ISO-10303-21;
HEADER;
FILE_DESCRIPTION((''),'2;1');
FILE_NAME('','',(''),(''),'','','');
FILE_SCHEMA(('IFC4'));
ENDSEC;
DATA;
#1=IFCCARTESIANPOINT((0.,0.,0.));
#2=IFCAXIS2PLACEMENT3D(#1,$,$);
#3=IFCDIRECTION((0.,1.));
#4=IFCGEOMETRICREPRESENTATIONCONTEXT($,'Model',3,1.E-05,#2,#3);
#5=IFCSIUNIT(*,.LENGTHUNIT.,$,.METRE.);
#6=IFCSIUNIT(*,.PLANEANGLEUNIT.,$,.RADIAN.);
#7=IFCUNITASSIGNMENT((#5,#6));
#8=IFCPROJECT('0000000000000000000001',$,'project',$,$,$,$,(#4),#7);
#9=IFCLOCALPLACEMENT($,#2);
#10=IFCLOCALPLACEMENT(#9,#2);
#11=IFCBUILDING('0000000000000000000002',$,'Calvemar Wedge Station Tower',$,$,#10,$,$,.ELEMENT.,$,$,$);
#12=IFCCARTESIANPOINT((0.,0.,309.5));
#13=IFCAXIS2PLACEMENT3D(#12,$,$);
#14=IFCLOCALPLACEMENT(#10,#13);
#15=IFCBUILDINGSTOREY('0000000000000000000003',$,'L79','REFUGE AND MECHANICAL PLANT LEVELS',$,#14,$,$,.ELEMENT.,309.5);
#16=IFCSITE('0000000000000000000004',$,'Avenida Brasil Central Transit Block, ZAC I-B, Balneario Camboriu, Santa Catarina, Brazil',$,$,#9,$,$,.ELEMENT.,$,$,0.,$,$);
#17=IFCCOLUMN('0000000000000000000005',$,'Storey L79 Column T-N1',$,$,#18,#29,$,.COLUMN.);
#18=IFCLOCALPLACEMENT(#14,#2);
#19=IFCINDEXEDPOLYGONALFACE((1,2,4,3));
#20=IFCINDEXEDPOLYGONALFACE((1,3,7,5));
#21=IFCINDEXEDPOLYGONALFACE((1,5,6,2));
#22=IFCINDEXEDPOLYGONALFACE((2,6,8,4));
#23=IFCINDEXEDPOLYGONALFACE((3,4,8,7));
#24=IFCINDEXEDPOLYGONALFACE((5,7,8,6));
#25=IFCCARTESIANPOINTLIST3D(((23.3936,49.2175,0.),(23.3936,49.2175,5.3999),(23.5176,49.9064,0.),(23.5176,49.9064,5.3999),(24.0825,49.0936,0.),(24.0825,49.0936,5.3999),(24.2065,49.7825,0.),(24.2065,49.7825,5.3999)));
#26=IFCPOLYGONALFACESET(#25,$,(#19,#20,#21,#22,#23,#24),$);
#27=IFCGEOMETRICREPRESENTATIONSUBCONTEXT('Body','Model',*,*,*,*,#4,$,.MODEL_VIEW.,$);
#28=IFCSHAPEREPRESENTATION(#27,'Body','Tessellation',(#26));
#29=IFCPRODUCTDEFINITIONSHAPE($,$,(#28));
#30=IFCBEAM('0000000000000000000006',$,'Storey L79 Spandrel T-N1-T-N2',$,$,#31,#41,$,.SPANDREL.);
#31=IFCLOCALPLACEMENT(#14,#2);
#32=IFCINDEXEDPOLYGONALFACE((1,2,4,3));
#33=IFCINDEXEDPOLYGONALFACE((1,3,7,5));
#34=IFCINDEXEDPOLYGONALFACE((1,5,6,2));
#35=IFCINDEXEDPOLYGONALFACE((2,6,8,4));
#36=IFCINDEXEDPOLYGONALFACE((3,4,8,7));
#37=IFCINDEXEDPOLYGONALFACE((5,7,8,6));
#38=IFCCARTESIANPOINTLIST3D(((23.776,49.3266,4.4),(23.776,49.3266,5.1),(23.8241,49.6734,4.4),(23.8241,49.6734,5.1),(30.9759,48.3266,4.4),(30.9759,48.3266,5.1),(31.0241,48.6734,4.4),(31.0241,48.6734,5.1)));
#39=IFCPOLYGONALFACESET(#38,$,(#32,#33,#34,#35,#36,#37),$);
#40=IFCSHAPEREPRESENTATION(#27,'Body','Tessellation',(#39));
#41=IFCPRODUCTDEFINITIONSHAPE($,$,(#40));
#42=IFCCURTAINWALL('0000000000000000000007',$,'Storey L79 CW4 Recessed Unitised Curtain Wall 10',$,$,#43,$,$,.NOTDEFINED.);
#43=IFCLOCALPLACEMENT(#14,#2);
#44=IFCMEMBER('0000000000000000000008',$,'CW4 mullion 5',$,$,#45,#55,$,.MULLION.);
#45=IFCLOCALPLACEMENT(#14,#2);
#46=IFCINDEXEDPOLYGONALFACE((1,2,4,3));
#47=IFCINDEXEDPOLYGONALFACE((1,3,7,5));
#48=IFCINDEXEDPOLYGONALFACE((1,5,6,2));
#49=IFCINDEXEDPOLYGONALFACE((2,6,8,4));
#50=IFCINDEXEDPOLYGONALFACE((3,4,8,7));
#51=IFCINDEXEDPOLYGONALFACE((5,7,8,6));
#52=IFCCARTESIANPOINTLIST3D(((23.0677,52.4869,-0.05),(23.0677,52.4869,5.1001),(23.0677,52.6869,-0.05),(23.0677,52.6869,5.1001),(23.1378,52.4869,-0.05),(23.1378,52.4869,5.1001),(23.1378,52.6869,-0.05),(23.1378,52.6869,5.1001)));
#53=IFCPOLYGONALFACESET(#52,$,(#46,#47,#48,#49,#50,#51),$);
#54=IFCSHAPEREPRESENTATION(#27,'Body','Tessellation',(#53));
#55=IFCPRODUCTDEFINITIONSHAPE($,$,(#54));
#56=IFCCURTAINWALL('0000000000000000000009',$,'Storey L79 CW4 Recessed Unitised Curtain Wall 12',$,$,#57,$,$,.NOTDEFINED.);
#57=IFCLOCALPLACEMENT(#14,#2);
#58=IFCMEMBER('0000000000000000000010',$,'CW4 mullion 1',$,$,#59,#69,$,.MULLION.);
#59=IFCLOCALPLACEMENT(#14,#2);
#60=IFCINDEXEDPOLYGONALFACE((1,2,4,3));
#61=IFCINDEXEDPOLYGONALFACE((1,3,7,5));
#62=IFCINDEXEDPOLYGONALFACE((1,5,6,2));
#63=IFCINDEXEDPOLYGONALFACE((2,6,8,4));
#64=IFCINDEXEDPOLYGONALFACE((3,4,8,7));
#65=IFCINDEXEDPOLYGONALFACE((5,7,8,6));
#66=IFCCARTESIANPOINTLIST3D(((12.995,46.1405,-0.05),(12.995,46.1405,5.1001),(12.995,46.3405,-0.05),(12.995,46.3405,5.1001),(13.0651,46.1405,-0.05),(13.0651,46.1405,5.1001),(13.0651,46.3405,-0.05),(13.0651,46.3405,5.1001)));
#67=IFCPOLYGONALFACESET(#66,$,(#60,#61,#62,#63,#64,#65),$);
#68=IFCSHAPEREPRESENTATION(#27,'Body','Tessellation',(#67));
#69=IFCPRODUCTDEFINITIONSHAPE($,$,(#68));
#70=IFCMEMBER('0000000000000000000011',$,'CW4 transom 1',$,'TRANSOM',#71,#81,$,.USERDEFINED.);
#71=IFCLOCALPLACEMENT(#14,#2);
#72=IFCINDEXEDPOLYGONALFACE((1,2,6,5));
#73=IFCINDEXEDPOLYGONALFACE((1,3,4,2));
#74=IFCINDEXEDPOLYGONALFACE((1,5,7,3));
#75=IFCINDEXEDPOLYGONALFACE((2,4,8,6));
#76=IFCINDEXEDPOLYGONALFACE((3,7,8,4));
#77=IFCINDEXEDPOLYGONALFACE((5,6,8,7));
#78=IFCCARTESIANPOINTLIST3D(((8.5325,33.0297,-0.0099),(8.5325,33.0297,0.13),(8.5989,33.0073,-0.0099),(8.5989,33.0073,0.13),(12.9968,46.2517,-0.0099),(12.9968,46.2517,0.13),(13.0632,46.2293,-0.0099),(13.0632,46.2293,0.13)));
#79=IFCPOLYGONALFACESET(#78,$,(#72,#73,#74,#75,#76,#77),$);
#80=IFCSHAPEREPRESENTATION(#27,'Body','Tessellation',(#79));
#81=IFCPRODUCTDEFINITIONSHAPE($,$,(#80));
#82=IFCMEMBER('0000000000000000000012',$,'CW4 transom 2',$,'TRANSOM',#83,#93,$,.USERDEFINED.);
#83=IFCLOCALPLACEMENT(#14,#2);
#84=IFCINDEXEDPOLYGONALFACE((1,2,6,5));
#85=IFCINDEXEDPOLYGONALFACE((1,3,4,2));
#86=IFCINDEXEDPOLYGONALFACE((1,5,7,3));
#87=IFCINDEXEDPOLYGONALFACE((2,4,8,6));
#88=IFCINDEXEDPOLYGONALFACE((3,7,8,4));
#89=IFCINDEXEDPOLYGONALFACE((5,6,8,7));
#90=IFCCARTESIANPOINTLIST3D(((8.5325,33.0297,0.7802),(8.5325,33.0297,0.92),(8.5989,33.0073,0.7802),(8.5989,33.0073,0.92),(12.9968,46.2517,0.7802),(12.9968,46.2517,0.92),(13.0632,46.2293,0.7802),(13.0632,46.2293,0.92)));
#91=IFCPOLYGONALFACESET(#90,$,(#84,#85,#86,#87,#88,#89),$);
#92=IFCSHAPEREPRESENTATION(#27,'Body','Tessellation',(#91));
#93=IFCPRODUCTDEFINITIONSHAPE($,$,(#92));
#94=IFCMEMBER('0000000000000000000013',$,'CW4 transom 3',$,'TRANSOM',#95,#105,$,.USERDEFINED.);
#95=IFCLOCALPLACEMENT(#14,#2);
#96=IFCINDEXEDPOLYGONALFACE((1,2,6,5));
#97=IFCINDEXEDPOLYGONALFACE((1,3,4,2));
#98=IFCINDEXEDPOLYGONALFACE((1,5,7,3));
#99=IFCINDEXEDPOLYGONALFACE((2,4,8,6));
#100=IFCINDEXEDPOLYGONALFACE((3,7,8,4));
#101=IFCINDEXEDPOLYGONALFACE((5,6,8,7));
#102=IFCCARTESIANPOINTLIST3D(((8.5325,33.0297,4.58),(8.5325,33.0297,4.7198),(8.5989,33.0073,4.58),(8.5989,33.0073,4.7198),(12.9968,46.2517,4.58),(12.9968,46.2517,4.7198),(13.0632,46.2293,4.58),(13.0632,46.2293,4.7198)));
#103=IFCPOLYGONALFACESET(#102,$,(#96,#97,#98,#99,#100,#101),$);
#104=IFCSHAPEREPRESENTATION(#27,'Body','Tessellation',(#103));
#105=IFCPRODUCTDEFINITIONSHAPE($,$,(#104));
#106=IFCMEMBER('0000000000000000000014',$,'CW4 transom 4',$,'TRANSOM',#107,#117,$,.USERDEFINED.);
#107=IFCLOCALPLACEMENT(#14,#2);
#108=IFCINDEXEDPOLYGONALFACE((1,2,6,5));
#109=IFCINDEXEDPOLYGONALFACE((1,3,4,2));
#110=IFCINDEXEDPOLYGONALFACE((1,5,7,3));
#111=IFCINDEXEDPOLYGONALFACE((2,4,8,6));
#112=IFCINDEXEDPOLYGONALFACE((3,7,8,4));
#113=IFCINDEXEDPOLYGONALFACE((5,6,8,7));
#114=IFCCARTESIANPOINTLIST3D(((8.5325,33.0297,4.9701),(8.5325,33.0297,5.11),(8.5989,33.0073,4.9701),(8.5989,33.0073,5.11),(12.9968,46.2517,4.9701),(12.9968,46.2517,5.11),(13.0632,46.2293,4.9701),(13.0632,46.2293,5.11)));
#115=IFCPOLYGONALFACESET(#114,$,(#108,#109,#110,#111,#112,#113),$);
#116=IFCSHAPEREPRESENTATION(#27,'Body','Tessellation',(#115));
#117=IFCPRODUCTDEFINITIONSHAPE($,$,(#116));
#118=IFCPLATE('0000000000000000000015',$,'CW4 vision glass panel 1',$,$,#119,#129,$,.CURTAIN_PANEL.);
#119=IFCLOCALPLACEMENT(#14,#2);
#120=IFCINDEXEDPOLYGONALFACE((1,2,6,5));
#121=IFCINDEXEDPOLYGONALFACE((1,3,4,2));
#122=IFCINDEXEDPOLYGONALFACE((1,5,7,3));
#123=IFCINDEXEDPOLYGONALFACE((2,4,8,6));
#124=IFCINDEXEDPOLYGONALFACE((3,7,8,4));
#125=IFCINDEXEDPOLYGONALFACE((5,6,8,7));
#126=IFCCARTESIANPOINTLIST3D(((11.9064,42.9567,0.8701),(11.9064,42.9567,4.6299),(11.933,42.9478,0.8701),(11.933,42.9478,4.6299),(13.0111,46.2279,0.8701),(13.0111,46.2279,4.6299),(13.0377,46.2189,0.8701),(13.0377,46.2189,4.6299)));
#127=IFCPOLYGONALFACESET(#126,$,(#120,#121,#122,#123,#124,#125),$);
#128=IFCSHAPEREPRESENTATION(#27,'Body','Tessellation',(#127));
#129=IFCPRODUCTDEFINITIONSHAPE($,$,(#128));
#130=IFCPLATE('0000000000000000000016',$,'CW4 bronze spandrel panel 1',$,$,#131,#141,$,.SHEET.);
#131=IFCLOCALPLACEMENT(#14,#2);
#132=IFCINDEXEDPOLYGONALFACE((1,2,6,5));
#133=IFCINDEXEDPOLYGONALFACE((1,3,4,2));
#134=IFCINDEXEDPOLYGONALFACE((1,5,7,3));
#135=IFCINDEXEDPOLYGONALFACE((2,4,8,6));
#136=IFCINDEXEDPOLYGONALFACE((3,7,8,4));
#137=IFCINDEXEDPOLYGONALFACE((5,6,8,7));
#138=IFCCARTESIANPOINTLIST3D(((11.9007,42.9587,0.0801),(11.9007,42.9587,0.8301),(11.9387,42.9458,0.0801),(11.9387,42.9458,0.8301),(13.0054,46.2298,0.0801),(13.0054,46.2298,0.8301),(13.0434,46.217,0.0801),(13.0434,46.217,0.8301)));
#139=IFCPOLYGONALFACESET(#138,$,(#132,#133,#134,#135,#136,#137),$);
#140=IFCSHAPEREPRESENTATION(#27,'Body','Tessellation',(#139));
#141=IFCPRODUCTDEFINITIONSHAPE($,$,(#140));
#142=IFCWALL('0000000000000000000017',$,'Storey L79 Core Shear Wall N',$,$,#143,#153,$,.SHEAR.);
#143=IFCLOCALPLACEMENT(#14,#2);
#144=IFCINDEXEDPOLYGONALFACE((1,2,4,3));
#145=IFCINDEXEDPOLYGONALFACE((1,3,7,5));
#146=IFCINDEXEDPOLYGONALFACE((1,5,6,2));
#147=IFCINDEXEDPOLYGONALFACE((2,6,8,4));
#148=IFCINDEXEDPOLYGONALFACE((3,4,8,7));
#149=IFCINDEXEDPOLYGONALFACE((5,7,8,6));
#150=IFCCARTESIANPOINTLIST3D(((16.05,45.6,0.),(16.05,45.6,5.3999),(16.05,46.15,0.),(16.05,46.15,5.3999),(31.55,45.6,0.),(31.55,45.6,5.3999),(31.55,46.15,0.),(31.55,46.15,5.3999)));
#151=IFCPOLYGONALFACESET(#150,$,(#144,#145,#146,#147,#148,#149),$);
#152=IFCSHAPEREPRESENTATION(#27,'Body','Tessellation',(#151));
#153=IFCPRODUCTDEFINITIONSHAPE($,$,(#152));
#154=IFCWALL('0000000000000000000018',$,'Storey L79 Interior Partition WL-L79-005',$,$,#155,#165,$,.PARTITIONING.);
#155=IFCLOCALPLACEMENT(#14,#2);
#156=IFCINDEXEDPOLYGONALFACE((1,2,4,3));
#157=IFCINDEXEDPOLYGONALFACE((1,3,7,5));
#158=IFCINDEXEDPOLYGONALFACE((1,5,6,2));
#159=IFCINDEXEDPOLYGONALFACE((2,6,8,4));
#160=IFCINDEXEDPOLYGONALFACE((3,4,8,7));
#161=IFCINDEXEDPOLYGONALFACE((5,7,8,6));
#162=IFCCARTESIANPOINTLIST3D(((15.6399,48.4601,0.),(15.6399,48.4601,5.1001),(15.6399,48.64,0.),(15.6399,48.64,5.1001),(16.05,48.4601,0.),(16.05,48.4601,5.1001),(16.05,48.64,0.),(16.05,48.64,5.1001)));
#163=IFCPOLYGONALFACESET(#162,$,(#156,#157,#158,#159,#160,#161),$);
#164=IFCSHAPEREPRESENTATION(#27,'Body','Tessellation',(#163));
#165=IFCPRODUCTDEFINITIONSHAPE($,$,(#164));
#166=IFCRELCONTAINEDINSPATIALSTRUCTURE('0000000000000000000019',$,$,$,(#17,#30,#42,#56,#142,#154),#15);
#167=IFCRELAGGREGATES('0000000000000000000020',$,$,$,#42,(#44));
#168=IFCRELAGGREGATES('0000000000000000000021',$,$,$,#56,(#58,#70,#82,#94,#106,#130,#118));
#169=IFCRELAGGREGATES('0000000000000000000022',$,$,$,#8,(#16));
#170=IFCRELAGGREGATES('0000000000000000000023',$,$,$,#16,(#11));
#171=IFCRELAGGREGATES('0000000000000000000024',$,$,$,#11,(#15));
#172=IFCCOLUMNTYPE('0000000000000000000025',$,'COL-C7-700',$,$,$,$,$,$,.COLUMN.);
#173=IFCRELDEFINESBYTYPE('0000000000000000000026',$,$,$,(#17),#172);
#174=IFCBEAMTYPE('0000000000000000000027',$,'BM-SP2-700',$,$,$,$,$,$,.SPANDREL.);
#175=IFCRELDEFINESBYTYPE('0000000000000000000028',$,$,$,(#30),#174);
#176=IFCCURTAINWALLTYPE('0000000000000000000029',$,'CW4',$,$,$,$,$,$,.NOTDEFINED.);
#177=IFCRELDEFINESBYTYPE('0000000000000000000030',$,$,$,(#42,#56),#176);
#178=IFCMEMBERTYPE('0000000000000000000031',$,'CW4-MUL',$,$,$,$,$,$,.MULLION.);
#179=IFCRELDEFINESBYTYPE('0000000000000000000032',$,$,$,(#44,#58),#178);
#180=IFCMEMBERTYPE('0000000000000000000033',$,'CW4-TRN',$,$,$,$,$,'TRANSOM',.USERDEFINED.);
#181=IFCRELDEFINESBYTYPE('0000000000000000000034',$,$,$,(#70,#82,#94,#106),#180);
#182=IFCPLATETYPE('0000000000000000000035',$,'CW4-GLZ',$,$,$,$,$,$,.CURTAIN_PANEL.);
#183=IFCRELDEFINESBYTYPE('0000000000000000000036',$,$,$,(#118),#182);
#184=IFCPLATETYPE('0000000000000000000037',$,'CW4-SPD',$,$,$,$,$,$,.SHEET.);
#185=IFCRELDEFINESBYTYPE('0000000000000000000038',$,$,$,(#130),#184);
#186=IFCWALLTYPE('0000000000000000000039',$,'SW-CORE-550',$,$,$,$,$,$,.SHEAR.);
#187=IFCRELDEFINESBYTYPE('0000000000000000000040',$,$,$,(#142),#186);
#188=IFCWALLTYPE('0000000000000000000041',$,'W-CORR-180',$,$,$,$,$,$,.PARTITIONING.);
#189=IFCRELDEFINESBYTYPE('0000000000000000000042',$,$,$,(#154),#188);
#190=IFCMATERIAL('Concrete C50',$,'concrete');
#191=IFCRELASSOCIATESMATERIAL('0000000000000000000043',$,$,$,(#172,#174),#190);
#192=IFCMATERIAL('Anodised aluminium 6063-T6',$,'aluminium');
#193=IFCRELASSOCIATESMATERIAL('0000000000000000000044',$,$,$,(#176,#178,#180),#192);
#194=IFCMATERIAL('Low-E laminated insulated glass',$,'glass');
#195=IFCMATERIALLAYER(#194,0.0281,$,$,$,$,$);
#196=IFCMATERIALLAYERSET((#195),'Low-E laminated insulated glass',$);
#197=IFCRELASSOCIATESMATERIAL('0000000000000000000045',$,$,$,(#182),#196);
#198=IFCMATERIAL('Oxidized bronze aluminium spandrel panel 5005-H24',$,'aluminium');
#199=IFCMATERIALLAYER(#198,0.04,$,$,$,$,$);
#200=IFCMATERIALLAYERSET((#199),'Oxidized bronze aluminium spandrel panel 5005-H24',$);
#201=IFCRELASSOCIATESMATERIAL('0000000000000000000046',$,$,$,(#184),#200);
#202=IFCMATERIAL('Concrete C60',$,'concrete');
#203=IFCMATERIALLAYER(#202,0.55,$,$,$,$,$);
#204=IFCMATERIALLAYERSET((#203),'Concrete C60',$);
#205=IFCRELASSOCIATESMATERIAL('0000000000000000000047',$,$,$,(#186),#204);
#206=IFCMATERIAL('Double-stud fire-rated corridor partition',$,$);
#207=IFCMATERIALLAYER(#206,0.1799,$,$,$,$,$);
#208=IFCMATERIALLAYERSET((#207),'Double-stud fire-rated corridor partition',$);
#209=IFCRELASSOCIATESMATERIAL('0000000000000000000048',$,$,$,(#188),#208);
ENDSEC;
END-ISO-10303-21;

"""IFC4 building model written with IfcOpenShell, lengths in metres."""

from ifc_helpers import new_model, si_unit, direction, frame, frame_2d, origin, origin_2d, place, context, subcontext, project, spatial, rectangle, extrude, source, transform, mapped, material, layer, layer_set, material_profile, profile_set, type_object, element, aggregate, save


model = new_model("IFC4")

# Units and contexts
model_context = context("Model", 3, precision=1e-05, world=origin(), true_north=direction((0.0, 1.0)))
body_context = subcontext(model_context, "Body", "Model", "MODEL_VIEW")
ifc_project = project(units=[si_unit("LENGTHUNIT", "METRE"), si_unit("PLANEANGLEUNIT", "RADIAN")], contexts=[model_context])

# Site, building, storey
site_placement = place(None, origin())
site = spatial("IfcSite", under=ifc_project, at=site_placement, Name="Avenida Brasil Central Transit Block, ZAC I-B, Balneario Camboriu, Santa Catarina, Brazil", CompositionType="ELEMENT", RefElevation=0.0)
building_placement = place(site_placement, origin())
building = spatial("IfcBuilding", under=site, at=building_placement, Name="Calvemar Wedge Station Tower", CompositionType="ELEMENT")
storey_placement = place(building_placement, frame((0.0, 0.0, 309.5)))
storey = spatial("IfcBuildingStorey", under=building, at=storey_placement, Name="L79", Description="REFUGE AND MECHANICAL PLANT LEVELS", CompositionType="ELEMENT", Elevation=309.5)

# Column
ifc_material_1 = material(Name="Concrete C50", Category="concrete")
ifc_material_profile_1 = material_profile(ifc_material_1, rectangle(XDim=0.7, YDim=0.7, at=origin_2d()), Name="RC700x700")
ifc_profile_set_1 = profile_set([ifc_material_profile_1], Name="Concrete C50")
column_type = type_object("IfcColumnType", Name="COL-C7-700", PredefinedType="COLUMN", material=ifc_profile_set_1)
shared_shape_1 = source(origin(), body_context, "Body", "SweptSolid", [
    extrude(rectangle(XDim=0.7, YDim=0.7, at=origin_2d()), origin(), (0.0, 0.0, 1.0), 5.3999),
])
column_placement = place(storey_placement, frame((23.8, 49.5, 0.0), z_axis=(0.0, 0.0, 1.0), x_axis=(0.984196, -0.177085, 0.0)))
element("IfcColumn", 1, at=column_placement, inside=storey, type_object=column_type, Name="Storey L79 Column T-N1", PredefinedType="COLUMN", context=body_context, shape_type="MappedRepresentation", body=[
    mapped(shared_shape_1, transform((0.0, 0.0, 0.0), scale=1.0)),
])

# Beam
ifc_material_profile_2 = material_profile(ifc_material_1, rectangle(XDim=0.3501, YDim=0.7, at=origin_2d()), Name="RC350x700")
ifc_profile_set_2 = profile_set([ifc_material_profile_2], Name="Concrete C50")
beam_type = type_object("IfcBeamType", Name="BM-SP2-700", PredefinedType="SPANDREL", material=ifc_profile_set_2)
shared_shape_2 = source(origin(), body_context, "Body", "SweptSolid", [
    extrude(rectangle(XDim=0.3501, YDim=0.7, at=origin_2d()), origin(), (0.0, 0.0, 1.0), 7.269),
])
beam_placement = place(storey_placement, frame((23.8, 49.5, 4.75), z_axis=(0.990492, -0.137569, 0.0), x_axis=(0.137569, 0.990492, 0.0)))
element("IfcBeam", 2, at=beam_placement, inside=storey, type_object=beam_type, Name="Storey L79 Spandrel T-N1-T-N2", PredefinedType="SPANDREL", context=body_context, shape_type="MappedRepresentation", body=[
    mapped(shared_shape_2, transform((0.0, 0.0, 0.0), scale=1.0)),
])

# Curtain wall, member
ifc_material_2 = material(Name="Anodised aluminium 6063-T6", Category="aluminium")
curtain_wall_type = type_object("IfcCurtainWallType", Name="CW4", PredefinedType="NOTDEFINED", material=ifc_material_2)
curtain_wall_1_placement = place(storey_placement, origin())
curtain_wall_1 = element("IfcCurtainWall", 3, at=curtain_wall_1_placement, inside=storey, type_object=curtain_wall_type, Name="Storey L79 CW4 Recessed Unitised Curtain Wall 10", PredefinedType="NOTDEFINED")
ifc_material_profile_3 = material_profile(ifc_material_2, rectangle(XDim=0.0701, YDim=0.2, at=origin_2d()), Name="AL-MUL-70x200")
ifc_profile_set_3 = profile_set([ifc_material_profile_3], Name="Anodised aluminium 6063-T6")
member_type_1 = type_object("IfcMemberType", Name="CW4-MUL", PredefinedType="MULLION", material=ifc_profile_set_3)
shared_shape_3 = source(origin(), body_context, "Body", "SweptSolid", [
    extrude(rectangle(XDim=0.0701, YDim=0.2, at=origin_2d()), origin(), (0.0, 0.0, 1.0), 5.1501),
])
member_1_placement = place(storey_placement, frame((23.1028, 52.5869, -0.05), z_axis=(0.0, 0.0, 1.0), x_axis=(1.0, 0.0, 0.0)))
member_1 = element("IfcMember", 4, at=member_1_placement, type_object=member_type_1, Name="CW4 mullion 5", PredefinedType="MULLION", context=body_context, shape_type="MappedRepresentation", body=[
    mapped(shared_shape_3, transform((0.0, 0.0, 0.0), scale=1.0)),
])
aggregate(curtain_wall_1, [member_1])

# Curtain wall, members, plates
curtain_wall_2_placement = place(storey_placement, origin())
curtain_wall_2 = element("IfcCurtainWall", 5, at=curtain_wall_2_placement, inside=storey, type_object=curtain_wall_type, Name="Storey L79 CW4 Recessed Unitised Curtain Wall 12", PredefinedType="NOTDEFINED")
member_2_placement = place(storey_placement, frame((13.03, 46.2405, -0.05), z_axis=(0.0, 0.0, 1.0), x_axis=(1.0, 0.0, 0.0)))
member_2 = element("IfcMember", 6, at=member_2_placement, type_object=member_type_1, Name="CW4 mullion 1", PredefinedType="MULLION", context=body_context, shape_type="MappedRepresentation", body=[
    mapped(shared_shape_3, transform((0.0, 0.0, 0.0), scale=1.0)),
])
ifc_material_profile_4 = material_profile(ifc_material_2, rectangle(XDim=0.0701, YDim=0.1399, at=origin_2d()), Name="AL-TRN-70x140")
ifc_profile_set_4 = profile_set([ifc_material_profile_4], Name="Anodised aluminium 6063-T6")
member_type_2 = type_object("IfcMemberType", Name="CW4-TRN", ElementType="TRANSOM", PredefinedType="USERDEFINED", material=ifc_profile_set_4)
shared_shape_4 = source(origin(), body_context, "Body", "SweptSolid", [
    extrude(rectangle(XDim=0.0701, YDim=0.1399, at=origin_2d()), origin(), (0.0, 0.0, 1.0), 13.9553),
])
member_3_placement = place(storey_placement, frame((13.03, 46.2405, 0.0601), z_axis=(-0.319904, -0.94745, 0.0), x_axis=(0.94745, -0.319904, 0.0)))
member_3 = element("IfcMember", 7, at=member_3_placement, type_object=member_type_2, Name="CW4 transom 1", ObjectType="TRANSOM", PredefinedType="USERDEFINED", context=body_context, shape_type="MappedRepresentation", body=[
    mapped(shared_shape_4, transform((0.0, 0.0, 0.0), scale=1.0)),
])
member_4_placement = place(storey_placement, frame((13.03, 46.2405, 0.8501), z_axis=(-0.319904, -0.94745, 0.0), x_axis=(0.94745, -0.319904, 0.0)))
member_4 = element("IfcMember", 8, at=member_4_placement, type_object=member_type_2, Name="CW4 transom 2", ObjectType="TRANSOM", PredefinedType="USERDEFINED", context=body_context, shape_type="MappedRepresentation", body=[
    mapped(shared_shape_4, transform((0.0, 0.0, 0.0), scale=1.0)),
])
member_5_placement = place(storey_placement, frame((13.03, 46.2405, 4.6499), z_axis=(-0.319904, -0.94745, 0.0), x_axis=(0.94745, -0.319904, 0.0)))
member_5 = element("IfcMember", 9, at=member_5_placement, type_object=member_type_2, Name="CW4 transom 3", ObjectType="TRANSOM", PredefinedType="USERDEFINED", context=body_context, shape_type="MappedRepresentation", body=[
    mapped(shared_shape_4, transform((0.0, 0.0, 0.0), scale=1.0)),
])
member_6_placement = place(storey_placement, frame((13.03, 46.2405, 5.04), z_axis=(-0.319904, -0.94745, 0.0), x_axis=(0.94745, -0.319904, 0.0)))
member_6 = element("IfcMember", 10, at=member_6_placement, type_object=member_type_2, Name="CW4 transom 4", ObjectType="TRANSOM", PredefinedType="USERDEFINED", context=body_context, shape_type="MappedRepresentation", body=[
    mapped(shared_shape_4, transform((0.0, 0.0, 0.0), scale=1.0)),
])
ifc_material_3 = material(Name="Low-E laminated insulated glass", Category="glass")
ifc_layer_1 = layer(ifc_material_3, 0.0281)
ifc_layer_set_1 = layer_set([ifc_layer_1], Name="Low-E laminated insulated glass")
plate_type_1 = type_object("IfcPlateType", Name="CW4-GLZ", PredefinedType="CURTAIN_PANEL", material=ifc_layer_set_1)
plate_1_placement = place(storey_placement, frame((13.0244, 46.2234, 0.8701), z_axis=(0.0, 0.0, 1.0), x_axis=(-0.319959, -0.947431, 0.0)))
plate_1 = element("IfcPlate", 11, at=plate_1_placement, type_object=plate_type_1, Name="CW4 vision glass panel 1", PredefinedType="CURTAIN_PANEL", context=body_context, shape_type="SweptSolid", body=[
    extrude(rectangle(XDim=3.4526, YDim=0.0281, at=frame_2d((1.7263, 0.0))), origin(), (0.0, 0.0, 1.0), 3.7598),
])
ifc_material_4 = material(Name="Oxidized bronze aluminium spandrel panel 5005-H24", Category="aluminium")
ifc_layer_2 = layer(ifc_material_4, 0.04)
ifc_layer_set_2 = layer_set([ifc_layer_2], Name="Oxidized bronze aluminium spandrel panel 5005-H24")
plate_type_2 = type_object("IfcPlateType", Name="CW4-SPD", PredefinedType="SHEET", material=ifc_layer_set_2)
plate_2_placement = place(storey_placement, frame((13.0244, 46.2234, 0.0801), z_axis=(0.0, 0.0, 1.0), x_axis=(-0.319959, -0.947431, 0.0)))
plate_2 = element("IfcPlate", 12, at=plate_2_placement, type_object=plate_type_2, Name="CW4 bronze spandrel panel 1", PredefinedType="SHEET", context=body_context, shape_type="SweptSolid", body=[
    extrude(rectangle(XDim=3.4526, YDim=0.04, at=frame_2d((1.7263, 0.0))), origin(), (0.0, 0.0, 1.0), 0.75),
])
aggregate(curtain_wall_2, [member_2, member_3, member_4, member_5, member_6, plate_2, plate_1])

# Walls
ifc_material_5 = material(Name="Concrete C60", Category="concrete")
ifc_layer_3 = layer(ifc_material_5, 0.55)
ifc_layer_set_3 = layer_set([ifc_layer_3], Name="Concrete C60")
wall_type_1 = type_object("IfcWallType", Name="SW-CORE-550", PredefinedType="SHEAR", material=ifc_layer_set_3)
wall_1_placement = place(storey_placement, frame((16.05, 45.875, 0.0), z_axis=(0.0, 0.0, 1.0), x_axis=(1.0, 0.0, 0.0)))
element("IfcWall", 13, at=wall_1_placement, inside=storey, type_object=wall_type_1, Name="Storey L79 Core Shear Wall N", PredefinedType="SHEAR", context=body_context, shape_type="SweptSolid", body=[
    extrude(rectangle(XDim=15.5, YDim=0.55, at=frame_2d((7.75, 0.0))), origin(), (0.0, 0.0, 1.0), 5.3999),
])
ifc_material_6 = material(Name="Double-stud fire-rated corridor partition")
ifc_layer_4 = layer(ifc_material_6, 0.1799)
ifc_layer_set_4 = layer_set([ifc_layer_4], Name="Double-stud fire-rated corridor partition")
wall_type_2 = type_object("IfcWallType", Name="W-CORR-180", PredefinedType="PARTITIONING", material=ifc_layer_set_4)
wall_2_placement = place(storey_placement, frame((15.6399, 48.55, 0.0), z_axis=(0.0, 0.0, 1.0), x_axis=(1.0, 0.0, 0.0)))
element("IfcWall", 14, at=wall_2_placement, inside=storey, type_object=wall_type_2, Name="Storey L79 Interior Partition WL-L79-005", PredefinedType="PARTITIONING", context=body_context, shape_type="SweptSolid", body=[
    extrude(rectangle(XDim=0.4102, YDim=0.1799, at=frame_2d((0.2051, 0.0))), origin(), (0.0, 0.0, 1.0), 5.1001),
])

save(model, "model.ifc")
